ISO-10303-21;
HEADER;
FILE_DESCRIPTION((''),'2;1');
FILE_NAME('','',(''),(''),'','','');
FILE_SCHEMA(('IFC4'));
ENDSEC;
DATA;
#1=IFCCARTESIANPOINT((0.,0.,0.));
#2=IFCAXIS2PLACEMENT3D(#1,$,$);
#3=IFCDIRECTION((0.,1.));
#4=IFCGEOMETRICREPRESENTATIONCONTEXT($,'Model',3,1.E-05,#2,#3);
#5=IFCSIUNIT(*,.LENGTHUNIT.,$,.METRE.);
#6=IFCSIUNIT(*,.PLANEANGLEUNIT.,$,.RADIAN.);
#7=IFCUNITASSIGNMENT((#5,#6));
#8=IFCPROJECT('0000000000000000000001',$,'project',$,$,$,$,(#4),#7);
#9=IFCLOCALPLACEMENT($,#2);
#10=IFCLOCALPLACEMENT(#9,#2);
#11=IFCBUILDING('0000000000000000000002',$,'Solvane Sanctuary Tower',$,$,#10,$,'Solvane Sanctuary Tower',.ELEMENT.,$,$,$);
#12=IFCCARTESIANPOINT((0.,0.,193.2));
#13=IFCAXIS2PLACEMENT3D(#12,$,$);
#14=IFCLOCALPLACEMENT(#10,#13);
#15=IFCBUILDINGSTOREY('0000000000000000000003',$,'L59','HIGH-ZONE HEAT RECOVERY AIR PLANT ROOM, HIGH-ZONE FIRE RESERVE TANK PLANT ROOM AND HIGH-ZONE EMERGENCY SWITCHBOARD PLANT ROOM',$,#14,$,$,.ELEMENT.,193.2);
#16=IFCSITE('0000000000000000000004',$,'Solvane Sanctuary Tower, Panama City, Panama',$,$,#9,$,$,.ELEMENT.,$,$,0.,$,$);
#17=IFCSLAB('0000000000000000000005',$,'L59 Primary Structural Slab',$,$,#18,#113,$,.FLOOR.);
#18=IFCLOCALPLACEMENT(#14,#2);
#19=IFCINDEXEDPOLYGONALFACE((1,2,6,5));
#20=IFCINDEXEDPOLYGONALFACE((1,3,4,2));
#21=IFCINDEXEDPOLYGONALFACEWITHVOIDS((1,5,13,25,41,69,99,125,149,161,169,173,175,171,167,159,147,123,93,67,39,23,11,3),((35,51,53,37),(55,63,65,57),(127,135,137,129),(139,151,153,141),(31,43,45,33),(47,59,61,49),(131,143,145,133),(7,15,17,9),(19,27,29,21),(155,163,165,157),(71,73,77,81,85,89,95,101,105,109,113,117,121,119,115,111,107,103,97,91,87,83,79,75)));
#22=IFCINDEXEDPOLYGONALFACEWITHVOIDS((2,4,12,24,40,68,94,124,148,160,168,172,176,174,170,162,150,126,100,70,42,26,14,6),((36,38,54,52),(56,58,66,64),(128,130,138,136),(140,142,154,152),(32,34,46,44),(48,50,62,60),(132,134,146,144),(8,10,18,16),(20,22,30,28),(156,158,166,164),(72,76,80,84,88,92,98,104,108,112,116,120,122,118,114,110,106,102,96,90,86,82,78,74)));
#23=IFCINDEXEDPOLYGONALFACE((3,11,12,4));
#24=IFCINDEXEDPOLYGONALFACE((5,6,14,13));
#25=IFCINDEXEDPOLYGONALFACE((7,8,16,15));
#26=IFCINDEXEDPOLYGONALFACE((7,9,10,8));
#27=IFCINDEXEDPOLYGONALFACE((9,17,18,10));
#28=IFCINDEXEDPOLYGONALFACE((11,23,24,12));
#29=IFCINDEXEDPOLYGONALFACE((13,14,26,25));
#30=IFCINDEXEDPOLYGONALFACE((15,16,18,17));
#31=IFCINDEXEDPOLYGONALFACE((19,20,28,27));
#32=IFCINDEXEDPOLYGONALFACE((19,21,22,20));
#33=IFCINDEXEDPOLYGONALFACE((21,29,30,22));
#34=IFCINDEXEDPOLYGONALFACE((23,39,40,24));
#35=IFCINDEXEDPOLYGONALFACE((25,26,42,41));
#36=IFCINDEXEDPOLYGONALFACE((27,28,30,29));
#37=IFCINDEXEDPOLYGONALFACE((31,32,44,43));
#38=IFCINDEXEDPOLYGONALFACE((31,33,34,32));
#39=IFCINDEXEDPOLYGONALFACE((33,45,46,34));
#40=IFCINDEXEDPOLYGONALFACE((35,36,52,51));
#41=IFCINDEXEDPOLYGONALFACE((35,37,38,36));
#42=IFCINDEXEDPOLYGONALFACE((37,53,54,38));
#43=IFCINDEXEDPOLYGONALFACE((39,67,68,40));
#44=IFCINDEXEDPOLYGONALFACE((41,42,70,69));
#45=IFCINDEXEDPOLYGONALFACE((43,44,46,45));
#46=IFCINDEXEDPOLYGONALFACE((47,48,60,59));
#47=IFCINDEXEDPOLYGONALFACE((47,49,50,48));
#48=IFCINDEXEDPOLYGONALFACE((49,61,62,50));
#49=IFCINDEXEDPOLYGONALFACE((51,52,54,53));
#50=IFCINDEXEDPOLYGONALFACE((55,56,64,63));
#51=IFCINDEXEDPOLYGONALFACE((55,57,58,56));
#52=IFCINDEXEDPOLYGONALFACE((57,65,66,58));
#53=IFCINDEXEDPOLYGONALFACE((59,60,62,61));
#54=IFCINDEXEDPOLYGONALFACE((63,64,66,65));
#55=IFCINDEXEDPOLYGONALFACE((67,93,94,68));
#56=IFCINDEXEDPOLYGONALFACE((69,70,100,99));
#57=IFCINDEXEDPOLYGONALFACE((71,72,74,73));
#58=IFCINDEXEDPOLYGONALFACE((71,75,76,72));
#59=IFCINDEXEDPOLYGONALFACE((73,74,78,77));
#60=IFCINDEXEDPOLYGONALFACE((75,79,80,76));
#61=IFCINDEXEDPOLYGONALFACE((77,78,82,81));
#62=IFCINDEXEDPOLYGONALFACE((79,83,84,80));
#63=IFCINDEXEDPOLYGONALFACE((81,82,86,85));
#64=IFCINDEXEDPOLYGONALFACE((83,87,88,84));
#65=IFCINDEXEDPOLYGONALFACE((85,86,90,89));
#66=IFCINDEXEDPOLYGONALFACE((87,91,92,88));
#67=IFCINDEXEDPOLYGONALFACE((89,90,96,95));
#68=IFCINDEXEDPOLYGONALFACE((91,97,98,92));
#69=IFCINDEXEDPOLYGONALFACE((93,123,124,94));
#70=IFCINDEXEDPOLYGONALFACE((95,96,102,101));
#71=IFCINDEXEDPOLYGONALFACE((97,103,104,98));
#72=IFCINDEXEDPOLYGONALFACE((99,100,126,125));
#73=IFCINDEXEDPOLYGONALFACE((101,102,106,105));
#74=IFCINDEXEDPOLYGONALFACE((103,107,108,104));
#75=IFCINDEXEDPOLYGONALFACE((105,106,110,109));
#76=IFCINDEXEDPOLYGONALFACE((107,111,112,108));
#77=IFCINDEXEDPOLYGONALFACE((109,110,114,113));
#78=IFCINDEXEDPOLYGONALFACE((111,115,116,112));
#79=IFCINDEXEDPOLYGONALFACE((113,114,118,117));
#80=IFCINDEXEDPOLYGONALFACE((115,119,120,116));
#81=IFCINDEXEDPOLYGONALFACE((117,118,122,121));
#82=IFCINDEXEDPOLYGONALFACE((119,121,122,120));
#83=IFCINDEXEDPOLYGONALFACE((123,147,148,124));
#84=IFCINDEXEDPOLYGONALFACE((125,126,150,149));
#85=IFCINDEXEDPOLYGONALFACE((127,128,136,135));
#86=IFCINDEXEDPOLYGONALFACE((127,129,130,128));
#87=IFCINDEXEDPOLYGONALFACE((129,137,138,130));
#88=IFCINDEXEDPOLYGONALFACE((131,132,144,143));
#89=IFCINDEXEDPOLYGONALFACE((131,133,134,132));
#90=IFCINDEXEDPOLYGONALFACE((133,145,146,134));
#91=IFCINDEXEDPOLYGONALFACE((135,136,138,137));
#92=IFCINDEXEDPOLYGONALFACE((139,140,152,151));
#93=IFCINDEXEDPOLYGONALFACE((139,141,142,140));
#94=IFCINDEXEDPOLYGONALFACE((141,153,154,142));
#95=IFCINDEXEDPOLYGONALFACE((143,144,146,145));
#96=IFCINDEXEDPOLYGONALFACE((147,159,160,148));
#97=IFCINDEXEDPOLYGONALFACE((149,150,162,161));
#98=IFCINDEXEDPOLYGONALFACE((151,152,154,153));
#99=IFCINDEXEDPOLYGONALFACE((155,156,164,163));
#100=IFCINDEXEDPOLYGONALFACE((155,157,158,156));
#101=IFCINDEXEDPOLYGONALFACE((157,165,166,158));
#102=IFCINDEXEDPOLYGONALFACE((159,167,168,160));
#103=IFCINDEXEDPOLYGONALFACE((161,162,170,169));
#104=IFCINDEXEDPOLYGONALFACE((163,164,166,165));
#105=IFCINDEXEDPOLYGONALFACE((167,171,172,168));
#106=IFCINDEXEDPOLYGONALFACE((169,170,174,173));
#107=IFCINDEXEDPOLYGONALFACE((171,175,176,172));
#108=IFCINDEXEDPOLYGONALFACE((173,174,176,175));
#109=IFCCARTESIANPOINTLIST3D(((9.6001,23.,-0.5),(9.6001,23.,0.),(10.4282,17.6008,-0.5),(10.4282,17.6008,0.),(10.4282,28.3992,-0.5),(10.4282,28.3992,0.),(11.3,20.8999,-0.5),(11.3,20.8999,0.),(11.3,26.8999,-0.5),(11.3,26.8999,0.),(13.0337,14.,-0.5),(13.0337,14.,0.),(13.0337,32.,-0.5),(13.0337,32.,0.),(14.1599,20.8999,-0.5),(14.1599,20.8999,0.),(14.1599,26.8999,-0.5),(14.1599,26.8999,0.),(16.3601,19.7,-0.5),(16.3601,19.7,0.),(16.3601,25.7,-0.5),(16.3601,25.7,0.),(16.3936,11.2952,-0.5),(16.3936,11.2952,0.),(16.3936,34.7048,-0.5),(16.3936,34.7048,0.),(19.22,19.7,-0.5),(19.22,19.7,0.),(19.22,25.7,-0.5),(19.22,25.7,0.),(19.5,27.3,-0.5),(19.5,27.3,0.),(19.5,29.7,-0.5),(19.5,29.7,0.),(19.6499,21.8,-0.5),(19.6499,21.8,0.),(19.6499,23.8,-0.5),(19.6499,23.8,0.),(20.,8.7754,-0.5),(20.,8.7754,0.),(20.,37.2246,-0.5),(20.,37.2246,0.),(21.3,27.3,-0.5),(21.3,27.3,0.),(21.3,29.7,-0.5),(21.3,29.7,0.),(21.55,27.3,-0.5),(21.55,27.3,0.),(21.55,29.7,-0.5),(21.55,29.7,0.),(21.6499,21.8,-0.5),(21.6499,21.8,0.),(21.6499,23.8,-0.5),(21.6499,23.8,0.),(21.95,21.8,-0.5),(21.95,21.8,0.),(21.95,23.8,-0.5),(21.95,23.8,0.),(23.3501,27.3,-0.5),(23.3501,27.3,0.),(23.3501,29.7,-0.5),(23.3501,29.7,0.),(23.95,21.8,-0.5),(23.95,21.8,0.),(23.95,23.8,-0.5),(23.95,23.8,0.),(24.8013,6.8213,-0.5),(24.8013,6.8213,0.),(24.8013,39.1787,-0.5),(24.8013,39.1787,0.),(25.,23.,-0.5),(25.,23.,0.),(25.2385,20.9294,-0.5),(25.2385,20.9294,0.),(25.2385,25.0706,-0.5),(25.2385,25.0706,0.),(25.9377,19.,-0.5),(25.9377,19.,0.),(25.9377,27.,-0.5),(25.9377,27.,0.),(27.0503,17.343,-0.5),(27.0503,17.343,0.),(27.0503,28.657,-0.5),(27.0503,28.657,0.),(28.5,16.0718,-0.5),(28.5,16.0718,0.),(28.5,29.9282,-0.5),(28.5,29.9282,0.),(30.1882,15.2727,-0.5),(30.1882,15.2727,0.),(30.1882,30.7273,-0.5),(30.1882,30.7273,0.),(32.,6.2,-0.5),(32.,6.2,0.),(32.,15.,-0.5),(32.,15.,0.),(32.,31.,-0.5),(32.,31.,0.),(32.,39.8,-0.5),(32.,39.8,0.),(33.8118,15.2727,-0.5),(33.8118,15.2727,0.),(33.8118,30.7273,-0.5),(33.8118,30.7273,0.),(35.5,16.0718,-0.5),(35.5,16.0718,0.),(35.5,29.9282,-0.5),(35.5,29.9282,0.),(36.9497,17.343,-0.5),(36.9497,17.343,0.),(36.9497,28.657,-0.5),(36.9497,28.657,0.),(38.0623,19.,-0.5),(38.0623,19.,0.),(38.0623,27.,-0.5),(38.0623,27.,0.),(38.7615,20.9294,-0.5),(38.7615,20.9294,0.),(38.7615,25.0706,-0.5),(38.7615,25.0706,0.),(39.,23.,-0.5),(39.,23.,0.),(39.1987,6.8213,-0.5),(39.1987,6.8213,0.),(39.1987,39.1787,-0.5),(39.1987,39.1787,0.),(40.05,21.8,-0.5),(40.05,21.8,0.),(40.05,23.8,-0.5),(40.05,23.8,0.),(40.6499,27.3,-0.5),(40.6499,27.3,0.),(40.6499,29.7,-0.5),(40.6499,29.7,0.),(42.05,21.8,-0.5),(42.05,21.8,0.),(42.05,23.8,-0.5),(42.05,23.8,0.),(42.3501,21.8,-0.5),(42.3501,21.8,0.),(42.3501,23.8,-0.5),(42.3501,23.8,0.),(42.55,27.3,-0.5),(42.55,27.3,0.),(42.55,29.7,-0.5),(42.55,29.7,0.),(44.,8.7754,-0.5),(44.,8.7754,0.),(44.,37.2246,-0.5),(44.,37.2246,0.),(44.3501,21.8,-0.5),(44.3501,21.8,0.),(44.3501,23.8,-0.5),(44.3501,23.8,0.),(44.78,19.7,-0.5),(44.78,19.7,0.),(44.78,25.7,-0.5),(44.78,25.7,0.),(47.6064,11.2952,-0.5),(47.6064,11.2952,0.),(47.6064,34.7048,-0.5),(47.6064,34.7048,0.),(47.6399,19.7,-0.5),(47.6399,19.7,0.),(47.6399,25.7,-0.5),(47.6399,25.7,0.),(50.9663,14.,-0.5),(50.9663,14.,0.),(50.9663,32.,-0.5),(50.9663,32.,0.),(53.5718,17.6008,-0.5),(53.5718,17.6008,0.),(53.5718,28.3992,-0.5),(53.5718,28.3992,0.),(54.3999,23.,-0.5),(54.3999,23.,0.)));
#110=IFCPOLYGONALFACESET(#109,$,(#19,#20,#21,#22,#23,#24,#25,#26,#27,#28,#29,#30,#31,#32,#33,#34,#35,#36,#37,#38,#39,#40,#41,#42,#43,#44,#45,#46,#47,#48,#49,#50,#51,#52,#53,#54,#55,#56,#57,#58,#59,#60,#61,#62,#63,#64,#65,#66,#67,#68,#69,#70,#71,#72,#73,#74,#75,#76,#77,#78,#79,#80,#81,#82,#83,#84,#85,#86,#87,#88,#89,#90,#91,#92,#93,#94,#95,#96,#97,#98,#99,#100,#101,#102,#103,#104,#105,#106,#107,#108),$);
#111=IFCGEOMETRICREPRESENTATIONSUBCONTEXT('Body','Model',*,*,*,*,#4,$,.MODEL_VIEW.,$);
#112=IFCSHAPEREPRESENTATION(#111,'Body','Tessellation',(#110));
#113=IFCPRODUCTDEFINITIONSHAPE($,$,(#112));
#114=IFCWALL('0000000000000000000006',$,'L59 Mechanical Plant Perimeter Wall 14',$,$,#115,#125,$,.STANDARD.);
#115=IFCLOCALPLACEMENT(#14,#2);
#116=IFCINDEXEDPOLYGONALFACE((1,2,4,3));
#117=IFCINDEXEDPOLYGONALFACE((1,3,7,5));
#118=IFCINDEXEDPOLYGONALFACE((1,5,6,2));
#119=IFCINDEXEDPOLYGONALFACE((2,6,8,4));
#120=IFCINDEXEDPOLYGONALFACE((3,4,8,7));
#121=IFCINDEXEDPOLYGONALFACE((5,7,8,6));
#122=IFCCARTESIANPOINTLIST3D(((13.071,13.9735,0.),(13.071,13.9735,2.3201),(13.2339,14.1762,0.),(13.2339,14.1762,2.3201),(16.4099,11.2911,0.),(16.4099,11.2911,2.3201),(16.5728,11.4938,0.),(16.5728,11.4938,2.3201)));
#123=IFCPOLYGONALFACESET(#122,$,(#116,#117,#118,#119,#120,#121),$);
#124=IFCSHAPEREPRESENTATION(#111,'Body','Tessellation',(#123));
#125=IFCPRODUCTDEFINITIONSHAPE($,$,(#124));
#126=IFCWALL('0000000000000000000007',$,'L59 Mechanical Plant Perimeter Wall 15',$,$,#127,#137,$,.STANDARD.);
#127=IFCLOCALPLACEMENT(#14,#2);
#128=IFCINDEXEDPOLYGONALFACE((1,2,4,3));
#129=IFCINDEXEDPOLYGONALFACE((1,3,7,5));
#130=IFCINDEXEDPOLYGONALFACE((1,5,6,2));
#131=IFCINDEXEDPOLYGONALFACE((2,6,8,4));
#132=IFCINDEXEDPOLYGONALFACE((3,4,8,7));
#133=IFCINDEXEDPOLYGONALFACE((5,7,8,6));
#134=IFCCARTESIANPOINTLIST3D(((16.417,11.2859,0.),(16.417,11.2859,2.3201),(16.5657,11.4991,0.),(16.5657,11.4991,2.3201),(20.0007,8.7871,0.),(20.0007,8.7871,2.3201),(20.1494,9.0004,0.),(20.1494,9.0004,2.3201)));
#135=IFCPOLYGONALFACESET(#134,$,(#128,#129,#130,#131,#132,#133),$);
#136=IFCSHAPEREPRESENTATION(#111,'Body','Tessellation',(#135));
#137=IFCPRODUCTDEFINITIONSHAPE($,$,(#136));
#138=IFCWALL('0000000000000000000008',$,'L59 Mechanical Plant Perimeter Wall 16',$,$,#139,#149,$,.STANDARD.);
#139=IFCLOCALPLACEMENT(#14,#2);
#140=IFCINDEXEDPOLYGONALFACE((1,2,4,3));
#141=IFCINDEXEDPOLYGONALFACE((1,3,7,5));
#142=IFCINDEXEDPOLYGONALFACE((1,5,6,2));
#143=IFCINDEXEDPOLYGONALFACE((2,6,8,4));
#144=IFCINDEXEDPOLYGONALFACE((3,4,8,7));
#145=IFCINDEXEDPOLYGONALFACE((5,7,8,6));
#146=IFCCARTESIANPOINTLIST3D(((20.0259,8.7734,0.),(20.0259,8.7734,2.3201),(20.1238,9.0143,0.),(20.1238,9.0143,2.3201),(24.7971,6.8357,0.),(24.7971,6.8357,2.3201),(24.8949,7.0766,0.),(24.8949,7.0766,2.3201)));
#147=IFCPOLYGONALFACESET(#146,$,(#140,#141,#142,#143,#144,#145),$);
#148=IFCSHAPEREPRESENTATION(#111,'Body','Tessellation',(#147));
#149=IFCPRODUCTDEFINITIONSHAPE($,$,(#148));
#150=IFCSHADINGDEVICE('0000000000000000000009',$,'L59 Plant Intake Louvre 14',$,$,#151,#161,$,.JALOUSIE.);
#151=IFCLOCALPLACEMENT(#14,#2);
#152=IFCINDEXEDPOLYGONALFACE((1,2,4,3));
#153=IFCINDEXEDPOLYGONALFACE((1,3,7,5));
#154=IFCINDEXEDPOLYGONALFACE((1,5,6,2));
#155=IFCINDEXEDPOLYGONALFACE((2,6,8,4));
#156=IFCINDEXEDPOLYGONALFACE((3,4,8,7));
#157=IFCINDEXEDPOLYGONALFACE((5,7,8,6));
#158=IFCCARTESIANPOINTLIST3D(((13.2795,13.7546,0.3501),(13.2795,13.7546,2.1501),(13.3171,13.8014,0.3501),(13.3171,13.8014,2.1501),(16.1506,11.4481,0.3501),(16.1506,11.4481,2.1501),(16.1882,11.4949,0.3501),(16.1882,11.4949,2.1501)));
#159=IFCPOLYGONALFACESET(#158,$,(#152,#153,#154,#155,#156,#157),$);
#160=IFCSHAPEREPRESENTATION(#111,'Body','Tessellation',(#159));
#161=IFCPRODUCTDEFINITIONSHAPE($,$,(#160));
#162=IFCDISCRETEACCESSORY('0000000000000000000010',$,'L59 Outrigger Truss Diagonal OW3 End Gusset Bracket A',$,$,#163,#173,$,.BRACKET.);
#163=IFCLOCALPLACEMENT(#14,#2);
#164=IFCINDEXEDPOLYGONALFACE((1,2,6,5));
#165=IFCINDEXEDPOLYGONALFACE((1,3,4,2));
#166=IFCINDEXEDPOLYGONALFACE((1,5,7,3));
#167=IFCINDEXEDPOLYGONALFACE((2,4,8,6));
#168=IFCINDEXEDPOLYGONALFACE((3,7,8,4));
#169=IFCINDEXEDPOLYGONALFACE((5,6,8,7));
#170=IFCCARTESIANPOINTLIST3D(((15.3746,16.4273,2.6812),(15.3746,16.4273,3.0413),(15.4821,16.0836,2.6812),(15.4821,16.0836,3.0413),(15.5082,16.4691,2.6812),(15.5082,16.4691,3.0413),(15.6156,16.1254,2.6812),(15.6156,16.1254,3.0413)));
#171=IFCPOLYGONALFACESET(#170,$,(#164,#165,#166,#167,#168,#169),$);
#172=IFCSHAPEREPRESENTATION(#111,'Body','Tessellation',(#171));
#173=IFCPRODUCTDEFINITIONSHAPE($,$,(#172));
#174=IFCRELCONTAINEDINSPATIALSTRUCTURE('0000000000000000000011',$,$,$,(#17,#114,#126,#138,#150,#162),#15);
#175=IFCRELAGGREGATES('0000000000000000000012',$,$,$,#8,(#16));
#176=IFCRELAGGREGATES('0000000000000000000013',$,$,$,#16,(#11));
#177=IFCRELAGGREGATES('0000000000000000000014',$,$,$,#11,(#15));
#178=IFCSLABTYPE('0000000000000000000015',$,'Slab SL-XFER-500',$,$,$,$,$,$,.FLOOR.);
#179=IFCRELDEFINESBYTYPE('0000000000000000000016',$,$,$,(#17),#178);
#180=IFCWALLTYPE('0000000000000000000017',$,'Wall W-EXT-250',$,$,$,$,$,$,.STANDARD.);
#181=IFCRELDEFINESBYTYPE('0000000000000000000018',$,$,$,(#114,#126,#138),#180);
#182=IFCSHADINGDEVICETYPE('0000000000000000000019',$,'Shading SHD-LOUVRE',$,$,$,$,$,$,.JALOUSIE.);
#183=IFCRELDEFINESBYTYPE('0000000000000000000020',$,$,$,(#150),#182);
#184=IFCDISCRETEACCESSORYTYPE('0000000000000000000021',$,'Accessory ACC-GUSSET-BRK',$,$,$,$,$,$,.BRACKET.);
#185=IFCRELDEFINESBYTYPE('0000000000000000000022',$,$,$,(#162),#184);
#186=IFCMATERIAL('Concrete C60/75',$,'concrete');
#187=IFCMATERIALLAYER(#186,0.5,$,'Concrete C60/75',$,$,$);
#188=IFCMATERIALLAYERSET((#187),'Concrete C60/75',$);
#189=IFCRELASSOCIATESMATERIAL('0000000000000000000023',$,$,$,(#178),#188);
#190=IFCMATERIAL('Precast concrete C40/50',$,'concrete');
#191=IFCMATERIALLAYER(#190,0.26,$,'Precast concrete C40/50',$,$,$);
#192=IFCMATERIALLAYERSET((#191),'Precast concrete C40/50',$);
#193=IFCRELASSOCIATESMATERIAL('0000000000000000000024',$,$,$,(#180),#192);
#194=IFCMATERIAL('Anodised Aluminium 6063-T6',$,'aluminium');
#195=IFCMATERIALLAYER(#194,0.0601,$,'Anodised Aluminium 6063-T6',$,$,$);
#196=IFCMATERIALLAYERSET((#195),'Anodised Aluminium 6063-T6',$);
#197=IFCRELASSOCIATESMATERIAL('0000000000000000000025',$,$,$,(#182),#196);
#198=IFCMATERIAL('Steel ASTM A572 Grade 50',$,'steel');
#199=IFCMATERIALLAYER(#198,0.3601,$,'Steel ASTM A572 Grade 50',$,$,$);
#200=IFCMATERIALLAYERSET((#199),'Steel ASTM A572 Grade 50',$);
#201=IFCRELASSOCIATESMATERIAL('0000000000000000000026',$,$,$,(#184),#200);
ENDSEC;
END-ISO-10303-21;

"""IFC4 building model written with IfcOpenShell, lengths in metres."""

from ifc_helpers import new_model, si_unit, direction, frame, frame_2d, origin, origin_2d, place, context, subcontext, project, spatial, polyline, rectangle, outline, extrude, material, layer, layer_set, type_object, element, save


model = new_model("IFC4")

# Units and contexts
model_context = context("Model", 3, precision=1e-05, world=origin(), true_north=direction((0.0, 1.0)))
body_context = subcontext(model_context, "Body", "Model", "MODEL_VIEW")
ifc_project = project(units=[si_unit("LENGTHUNIT", "METRE"), si_unit("PLANEANGLEUNIT", "RADIAN")], contexts=[model_context])

# Site, building, storey
site_placement = place(None, origin())
site = spatial("IfcSite", under=ifc_project, at=site_placement, Name="Solvane Sanctuary Tower, Panama City, Panama", CompositionType="ELEMENT", RefElevation=0.0)
building_placement = place(site_placement, origin())
building = spatial("IfcBuilding", under=site, at=building_placement, Name="Solvane Sanctuary Tower", LongName="Solvane Sanctuary Tower", CompositionType="ELEMENT")
storey_placement = place(building_placement, frame((0.0, 0.0, 193.2)))
storey = spatial("IfcBuildingStorey", under=building, at=storey_placement, Name="L59", Description="HIGH-ZONE HEAT RECOVERY AIR PLANT ROOM, HIGH-ZONE FIRE RESERVE TANK PLANT ROOM AND HIGH-ZONE EMERGENCY SWITCHBOARD PLANT ROOM", CompositionType="ELEMENT", Elevation=193.2)

# Shared definitions
ifc_material_1 = material(Name="Steel ASTM A572 Grade 50", Category="steel")

# Slab
ifc_material_2 = material(Name="Concrete C60/75", Category="concrete")
ifc_layer_1 = layer(ifc_material_2, 0.5, Name="Concrete C60/75")
ifc_layer_set_1 = layer_set([ifc_layer_1], Name="Concrete C60/75")
slab_type_1 = type_object("IfcSlabType", Name="Slab SL-XFER-500", PredefinedType="FLOOR", material=ifc_layer_set_1)
slab_1_placement = place(storey_placement, frame((0.0, 0.0, -0.5)))
element("IfcSlab", 1, at=slab_1_placement, inside=storey, type_object=slab_type_1, Name="L59 Primary Structural Slab", PredefinedType="FLOOR", context=body_context, shape_type="SweptSolid", body=[
    extrude(outline(polyline([(54.3999, 23.0), (53.5718, 28.3992), (50.9663, 32.0), (47.6064, 34.7048), (44.0, 37.2246), (39.1987, 39.1787), (32.0, 39.8), (24.8013, 39.1787), (20.0, 37.2246), (16.3936, 34.7048), (13.0337, 32.0), (10.4282, 28.3992), (9.6001, 23.0), (10.4282, 17.6008), (13.0337, 14.0), (16.3936, 11.2952), (20.0, 8.7754), (24.8013, 6.8213), (32.0, 6.2), (39.1987, 6.8213), (44.0, 8.7754), (47.6064, 11.2952), (50.9663, 14.0), (53.5718, 17.6008), (54.3999, 23.0)]), holes=[polyline([(38.7615, 20.9294), (38.0623, 19.0), (36.9497, 17.343), (35.5, 16.0718), (33.8118, 15.2727), (32.0, 15.0), (30.1882, 15.2727), (28.5, 16.0718), (27.0503, 17.343), (25.9377, 19.0), (25.2385, 20.9294), (25.0, 23.0), (25.2385, 25.0706), (25.9377, 27.0), (27.0503, 28.657), (28.5, 29.9282), (30.1882, 30.7273), (32.0, 31.0), (33.8118, 30.7273), (35.5, 29.9282), (36.9497, 28.657), (38.0623, 27.0), (38.7615, 25.0706), (39.0, 23.0), (38.7615, 20.9294)]), polyline([(16.3601, 19.7), (16.3601, 25.7), (19.22, 25.7), (19.22, 19.7), (16.3601, 19.7)]), polyline([(44.78, 19.7), (44.78, 25.7), (47.6399, 25.7), (47.6399, 19.7), (44.78, 19.7)]), polyline([(11.3, 20.8999), (11.3, 26.8999), (14.1599, 26.8999), (14.1599, 20.8999), (11.3, 20.8999)]), polyline([(19.6499, 23.8), (21.6499, 23.8), (21.6499, 21.8), (19.6499, 21.8), (19.6499, 23.8)]), polyline([(42.3501, 23.8), (44.3501, 23.8), (44.3501, 21.8), (42.3501, 21.8), (42.3501, 23.8)]), polyline([(21.95, 23.8), (23.95, 23.8), (23.95, 21.8), (21.95, 21.8), (21.95, 23.8)]), polyline([(40.05, 23.8), (42.05, 23.8), (42.05, 21.8), (40.05, 21.8), (40.05, 23.8)]), polyline([(19.5, 29.7), (21.3, 29.7), (21.3, 27.3), (19.5, 27.3), (19.5, 29.7)]), polyline([(21.55, 29.7), (23.3501, 29.7), (23.3501, 27.3), (21.55, 27.3), (21.55, 29.7)]), polyline([(40.6499, 29.7), (42.55, 29.7), (42.55, 27.3), (40.6499, 27.3), (40.6499, 29.7)])]), origin(), (0.0, 0.0, 1.0), 0.5),
])

# Walls
ifc_material_3 = material(Name="Precast concrete C40/50", Category="concrete")
ifc_layer_2 = layer(ifc_material_3, 0.26, Name="Precast concrete C40/50")
ifc_layer_set_2 = layer_set([ifc_layer_2], Name="Precast concrete C40/50")
wall_type = type_object("IfcWallType", Name="Wall W-EXT-250", PredefinedType="STANDARD", material=ifc_layer_set_2)
wall_1_placement = place(storey_placement, frame((13.1523, 14.075, 0.0), z_axis=(0.0, 0.0, 1.0), x_axis=(0.779582, -0.6263, 0.0)))
element("IfcWall", 2, at=wall_1_placement, inside=storey, type_object=wall_type, Name="L59 Mechanical Plant Perimeter Wall 14", PredefinedType="STANDARD", context=body_context, shape_type="SweptSolid", body=[
    extrude(rectangle(XDim=4.283, YDim=0.26, at=frame_2d((2.1416, 0.0))), origin(), (0.0, 0.0, 1.0), 2.3201),
])
wall_2_placement = place(storey_placement, frame((16.4912, 11.3926, 0.0), z_axis=(0.0, 0.0, 1.0), x_axis=(0.820289, -0.57195, 0.0)))
element("IfcWall", 3, at=wall_2_placement, inside=storey, type_object=wall_type, Name="L59 Mechanical Plant Perimeter Wall 15", PredefinedType="STANDARD", context=body_context, shape_type="SweptSolid", body=[
    extrude(rectangle(XDim=4.3689, YDim=0.26, at=frame_2d((2.1846, 0.0))), origin(), (0.0, 0.0, 1.0), 2.3201),
])
wall_3_placement = place(storey_placement, frame((20.075, 8.8938, 0.0), z_axis=(0.0, 0.0, 1.0), x_axis=(0.926505, -0.376282, 0.0)))
element("IfcWall", 4, at=wall_3_placement, inside=storey, type_object=wall_type, Name="L59 Mechanical Plant Perimeter Wall 16", PredefinedType="STANDARD", context=body_context, shape_type="SweptSolid", body=[
    extrude(rectangle(XDim=5.1497, YDim=0.26, at=frame_2d((2.5747, 0.0))), origin(), (0.0, 0.0, 1.0), 2.3201),
])

# Shading device
ifc_material_4 = material(Name="Anodised Aluminium 6063-T6", Category="aluminium")
ifc_layer_3 = layer(ifc_material_4, 0.0601, Name="Anodised Aluminium 6063-T6")
ifc_layer_set_3 = layer_set([ifc_layer_3], Name="Anodised Aluminium 6063-T6")
shading_device_type = type_object("IfcShadingDeviceType", Name="Shading SHD-LOUVRE", PredefinedType="JALOUSIE", material=ifc_layer_set_3)
shading_device_placement = place(storey_placement, frame((14.7339, 12.6248, 0.3501), z_axis=(0.0, 0.0, 1.0), x_axis=(0.779585, -0.626296, 0.0)))
element("IfcShadingDevice", 5, at=shading_device_placement, inside=storey, type_object=shading_device_type, Name="L59 Plant Intake Louvre 14", PredefinedType="JALOUSIE", context=body_context, shape_type="SweptSolid", body=[
    extrude(rectangle(XDim=3.6829, YDim=0.0601, at=origin_2d()), origin(), (0.0, 0.0, 1.0), 1.8),
])

# Discrete accessory
ifc_layer_4 = layer(ifc_material_1, 0.3601, Name="Steel ASTM A572 Grade 50")
ifc_layer_set_4 = layer_set([ifc_layer_4], Name="Steel ASTM A572 Grade 50")
discrete_accessory_type = type_object("IfcDiscreteAccessoryType", Name="Accessory ACC-GUSSET-BRK", PredefinedType="BRACKET", material=ifc_layer_set_4)
for number, where, z_axis, x_axis, name in (
    (6, (15.4951, 16.2764, 2.6812), (0.0, 0.0, 1.0), (0.298375, -0.954449, 0.0), "L59 Outrigger Truss Diagonal OW3 End Gusset Bracket A"),
):
    element("IfcDiscreteAccessory", number, at=place(storey_placement, frame(where, z_axis=z_axis, x_axis=x_axis)), inside=storey, type_object=discrete_accessory_type, Name=name, PredefinedType="BRACKET", context=body_context, shape_type="SweptSolid", body=[
        extrude(rectangle(XDim=0.3601, YDim=0.1399, at=origin_2d()), origin(), (0.0, 0.0, 1.0), 0.3601),
    ])

save(model, "model.ifc")
